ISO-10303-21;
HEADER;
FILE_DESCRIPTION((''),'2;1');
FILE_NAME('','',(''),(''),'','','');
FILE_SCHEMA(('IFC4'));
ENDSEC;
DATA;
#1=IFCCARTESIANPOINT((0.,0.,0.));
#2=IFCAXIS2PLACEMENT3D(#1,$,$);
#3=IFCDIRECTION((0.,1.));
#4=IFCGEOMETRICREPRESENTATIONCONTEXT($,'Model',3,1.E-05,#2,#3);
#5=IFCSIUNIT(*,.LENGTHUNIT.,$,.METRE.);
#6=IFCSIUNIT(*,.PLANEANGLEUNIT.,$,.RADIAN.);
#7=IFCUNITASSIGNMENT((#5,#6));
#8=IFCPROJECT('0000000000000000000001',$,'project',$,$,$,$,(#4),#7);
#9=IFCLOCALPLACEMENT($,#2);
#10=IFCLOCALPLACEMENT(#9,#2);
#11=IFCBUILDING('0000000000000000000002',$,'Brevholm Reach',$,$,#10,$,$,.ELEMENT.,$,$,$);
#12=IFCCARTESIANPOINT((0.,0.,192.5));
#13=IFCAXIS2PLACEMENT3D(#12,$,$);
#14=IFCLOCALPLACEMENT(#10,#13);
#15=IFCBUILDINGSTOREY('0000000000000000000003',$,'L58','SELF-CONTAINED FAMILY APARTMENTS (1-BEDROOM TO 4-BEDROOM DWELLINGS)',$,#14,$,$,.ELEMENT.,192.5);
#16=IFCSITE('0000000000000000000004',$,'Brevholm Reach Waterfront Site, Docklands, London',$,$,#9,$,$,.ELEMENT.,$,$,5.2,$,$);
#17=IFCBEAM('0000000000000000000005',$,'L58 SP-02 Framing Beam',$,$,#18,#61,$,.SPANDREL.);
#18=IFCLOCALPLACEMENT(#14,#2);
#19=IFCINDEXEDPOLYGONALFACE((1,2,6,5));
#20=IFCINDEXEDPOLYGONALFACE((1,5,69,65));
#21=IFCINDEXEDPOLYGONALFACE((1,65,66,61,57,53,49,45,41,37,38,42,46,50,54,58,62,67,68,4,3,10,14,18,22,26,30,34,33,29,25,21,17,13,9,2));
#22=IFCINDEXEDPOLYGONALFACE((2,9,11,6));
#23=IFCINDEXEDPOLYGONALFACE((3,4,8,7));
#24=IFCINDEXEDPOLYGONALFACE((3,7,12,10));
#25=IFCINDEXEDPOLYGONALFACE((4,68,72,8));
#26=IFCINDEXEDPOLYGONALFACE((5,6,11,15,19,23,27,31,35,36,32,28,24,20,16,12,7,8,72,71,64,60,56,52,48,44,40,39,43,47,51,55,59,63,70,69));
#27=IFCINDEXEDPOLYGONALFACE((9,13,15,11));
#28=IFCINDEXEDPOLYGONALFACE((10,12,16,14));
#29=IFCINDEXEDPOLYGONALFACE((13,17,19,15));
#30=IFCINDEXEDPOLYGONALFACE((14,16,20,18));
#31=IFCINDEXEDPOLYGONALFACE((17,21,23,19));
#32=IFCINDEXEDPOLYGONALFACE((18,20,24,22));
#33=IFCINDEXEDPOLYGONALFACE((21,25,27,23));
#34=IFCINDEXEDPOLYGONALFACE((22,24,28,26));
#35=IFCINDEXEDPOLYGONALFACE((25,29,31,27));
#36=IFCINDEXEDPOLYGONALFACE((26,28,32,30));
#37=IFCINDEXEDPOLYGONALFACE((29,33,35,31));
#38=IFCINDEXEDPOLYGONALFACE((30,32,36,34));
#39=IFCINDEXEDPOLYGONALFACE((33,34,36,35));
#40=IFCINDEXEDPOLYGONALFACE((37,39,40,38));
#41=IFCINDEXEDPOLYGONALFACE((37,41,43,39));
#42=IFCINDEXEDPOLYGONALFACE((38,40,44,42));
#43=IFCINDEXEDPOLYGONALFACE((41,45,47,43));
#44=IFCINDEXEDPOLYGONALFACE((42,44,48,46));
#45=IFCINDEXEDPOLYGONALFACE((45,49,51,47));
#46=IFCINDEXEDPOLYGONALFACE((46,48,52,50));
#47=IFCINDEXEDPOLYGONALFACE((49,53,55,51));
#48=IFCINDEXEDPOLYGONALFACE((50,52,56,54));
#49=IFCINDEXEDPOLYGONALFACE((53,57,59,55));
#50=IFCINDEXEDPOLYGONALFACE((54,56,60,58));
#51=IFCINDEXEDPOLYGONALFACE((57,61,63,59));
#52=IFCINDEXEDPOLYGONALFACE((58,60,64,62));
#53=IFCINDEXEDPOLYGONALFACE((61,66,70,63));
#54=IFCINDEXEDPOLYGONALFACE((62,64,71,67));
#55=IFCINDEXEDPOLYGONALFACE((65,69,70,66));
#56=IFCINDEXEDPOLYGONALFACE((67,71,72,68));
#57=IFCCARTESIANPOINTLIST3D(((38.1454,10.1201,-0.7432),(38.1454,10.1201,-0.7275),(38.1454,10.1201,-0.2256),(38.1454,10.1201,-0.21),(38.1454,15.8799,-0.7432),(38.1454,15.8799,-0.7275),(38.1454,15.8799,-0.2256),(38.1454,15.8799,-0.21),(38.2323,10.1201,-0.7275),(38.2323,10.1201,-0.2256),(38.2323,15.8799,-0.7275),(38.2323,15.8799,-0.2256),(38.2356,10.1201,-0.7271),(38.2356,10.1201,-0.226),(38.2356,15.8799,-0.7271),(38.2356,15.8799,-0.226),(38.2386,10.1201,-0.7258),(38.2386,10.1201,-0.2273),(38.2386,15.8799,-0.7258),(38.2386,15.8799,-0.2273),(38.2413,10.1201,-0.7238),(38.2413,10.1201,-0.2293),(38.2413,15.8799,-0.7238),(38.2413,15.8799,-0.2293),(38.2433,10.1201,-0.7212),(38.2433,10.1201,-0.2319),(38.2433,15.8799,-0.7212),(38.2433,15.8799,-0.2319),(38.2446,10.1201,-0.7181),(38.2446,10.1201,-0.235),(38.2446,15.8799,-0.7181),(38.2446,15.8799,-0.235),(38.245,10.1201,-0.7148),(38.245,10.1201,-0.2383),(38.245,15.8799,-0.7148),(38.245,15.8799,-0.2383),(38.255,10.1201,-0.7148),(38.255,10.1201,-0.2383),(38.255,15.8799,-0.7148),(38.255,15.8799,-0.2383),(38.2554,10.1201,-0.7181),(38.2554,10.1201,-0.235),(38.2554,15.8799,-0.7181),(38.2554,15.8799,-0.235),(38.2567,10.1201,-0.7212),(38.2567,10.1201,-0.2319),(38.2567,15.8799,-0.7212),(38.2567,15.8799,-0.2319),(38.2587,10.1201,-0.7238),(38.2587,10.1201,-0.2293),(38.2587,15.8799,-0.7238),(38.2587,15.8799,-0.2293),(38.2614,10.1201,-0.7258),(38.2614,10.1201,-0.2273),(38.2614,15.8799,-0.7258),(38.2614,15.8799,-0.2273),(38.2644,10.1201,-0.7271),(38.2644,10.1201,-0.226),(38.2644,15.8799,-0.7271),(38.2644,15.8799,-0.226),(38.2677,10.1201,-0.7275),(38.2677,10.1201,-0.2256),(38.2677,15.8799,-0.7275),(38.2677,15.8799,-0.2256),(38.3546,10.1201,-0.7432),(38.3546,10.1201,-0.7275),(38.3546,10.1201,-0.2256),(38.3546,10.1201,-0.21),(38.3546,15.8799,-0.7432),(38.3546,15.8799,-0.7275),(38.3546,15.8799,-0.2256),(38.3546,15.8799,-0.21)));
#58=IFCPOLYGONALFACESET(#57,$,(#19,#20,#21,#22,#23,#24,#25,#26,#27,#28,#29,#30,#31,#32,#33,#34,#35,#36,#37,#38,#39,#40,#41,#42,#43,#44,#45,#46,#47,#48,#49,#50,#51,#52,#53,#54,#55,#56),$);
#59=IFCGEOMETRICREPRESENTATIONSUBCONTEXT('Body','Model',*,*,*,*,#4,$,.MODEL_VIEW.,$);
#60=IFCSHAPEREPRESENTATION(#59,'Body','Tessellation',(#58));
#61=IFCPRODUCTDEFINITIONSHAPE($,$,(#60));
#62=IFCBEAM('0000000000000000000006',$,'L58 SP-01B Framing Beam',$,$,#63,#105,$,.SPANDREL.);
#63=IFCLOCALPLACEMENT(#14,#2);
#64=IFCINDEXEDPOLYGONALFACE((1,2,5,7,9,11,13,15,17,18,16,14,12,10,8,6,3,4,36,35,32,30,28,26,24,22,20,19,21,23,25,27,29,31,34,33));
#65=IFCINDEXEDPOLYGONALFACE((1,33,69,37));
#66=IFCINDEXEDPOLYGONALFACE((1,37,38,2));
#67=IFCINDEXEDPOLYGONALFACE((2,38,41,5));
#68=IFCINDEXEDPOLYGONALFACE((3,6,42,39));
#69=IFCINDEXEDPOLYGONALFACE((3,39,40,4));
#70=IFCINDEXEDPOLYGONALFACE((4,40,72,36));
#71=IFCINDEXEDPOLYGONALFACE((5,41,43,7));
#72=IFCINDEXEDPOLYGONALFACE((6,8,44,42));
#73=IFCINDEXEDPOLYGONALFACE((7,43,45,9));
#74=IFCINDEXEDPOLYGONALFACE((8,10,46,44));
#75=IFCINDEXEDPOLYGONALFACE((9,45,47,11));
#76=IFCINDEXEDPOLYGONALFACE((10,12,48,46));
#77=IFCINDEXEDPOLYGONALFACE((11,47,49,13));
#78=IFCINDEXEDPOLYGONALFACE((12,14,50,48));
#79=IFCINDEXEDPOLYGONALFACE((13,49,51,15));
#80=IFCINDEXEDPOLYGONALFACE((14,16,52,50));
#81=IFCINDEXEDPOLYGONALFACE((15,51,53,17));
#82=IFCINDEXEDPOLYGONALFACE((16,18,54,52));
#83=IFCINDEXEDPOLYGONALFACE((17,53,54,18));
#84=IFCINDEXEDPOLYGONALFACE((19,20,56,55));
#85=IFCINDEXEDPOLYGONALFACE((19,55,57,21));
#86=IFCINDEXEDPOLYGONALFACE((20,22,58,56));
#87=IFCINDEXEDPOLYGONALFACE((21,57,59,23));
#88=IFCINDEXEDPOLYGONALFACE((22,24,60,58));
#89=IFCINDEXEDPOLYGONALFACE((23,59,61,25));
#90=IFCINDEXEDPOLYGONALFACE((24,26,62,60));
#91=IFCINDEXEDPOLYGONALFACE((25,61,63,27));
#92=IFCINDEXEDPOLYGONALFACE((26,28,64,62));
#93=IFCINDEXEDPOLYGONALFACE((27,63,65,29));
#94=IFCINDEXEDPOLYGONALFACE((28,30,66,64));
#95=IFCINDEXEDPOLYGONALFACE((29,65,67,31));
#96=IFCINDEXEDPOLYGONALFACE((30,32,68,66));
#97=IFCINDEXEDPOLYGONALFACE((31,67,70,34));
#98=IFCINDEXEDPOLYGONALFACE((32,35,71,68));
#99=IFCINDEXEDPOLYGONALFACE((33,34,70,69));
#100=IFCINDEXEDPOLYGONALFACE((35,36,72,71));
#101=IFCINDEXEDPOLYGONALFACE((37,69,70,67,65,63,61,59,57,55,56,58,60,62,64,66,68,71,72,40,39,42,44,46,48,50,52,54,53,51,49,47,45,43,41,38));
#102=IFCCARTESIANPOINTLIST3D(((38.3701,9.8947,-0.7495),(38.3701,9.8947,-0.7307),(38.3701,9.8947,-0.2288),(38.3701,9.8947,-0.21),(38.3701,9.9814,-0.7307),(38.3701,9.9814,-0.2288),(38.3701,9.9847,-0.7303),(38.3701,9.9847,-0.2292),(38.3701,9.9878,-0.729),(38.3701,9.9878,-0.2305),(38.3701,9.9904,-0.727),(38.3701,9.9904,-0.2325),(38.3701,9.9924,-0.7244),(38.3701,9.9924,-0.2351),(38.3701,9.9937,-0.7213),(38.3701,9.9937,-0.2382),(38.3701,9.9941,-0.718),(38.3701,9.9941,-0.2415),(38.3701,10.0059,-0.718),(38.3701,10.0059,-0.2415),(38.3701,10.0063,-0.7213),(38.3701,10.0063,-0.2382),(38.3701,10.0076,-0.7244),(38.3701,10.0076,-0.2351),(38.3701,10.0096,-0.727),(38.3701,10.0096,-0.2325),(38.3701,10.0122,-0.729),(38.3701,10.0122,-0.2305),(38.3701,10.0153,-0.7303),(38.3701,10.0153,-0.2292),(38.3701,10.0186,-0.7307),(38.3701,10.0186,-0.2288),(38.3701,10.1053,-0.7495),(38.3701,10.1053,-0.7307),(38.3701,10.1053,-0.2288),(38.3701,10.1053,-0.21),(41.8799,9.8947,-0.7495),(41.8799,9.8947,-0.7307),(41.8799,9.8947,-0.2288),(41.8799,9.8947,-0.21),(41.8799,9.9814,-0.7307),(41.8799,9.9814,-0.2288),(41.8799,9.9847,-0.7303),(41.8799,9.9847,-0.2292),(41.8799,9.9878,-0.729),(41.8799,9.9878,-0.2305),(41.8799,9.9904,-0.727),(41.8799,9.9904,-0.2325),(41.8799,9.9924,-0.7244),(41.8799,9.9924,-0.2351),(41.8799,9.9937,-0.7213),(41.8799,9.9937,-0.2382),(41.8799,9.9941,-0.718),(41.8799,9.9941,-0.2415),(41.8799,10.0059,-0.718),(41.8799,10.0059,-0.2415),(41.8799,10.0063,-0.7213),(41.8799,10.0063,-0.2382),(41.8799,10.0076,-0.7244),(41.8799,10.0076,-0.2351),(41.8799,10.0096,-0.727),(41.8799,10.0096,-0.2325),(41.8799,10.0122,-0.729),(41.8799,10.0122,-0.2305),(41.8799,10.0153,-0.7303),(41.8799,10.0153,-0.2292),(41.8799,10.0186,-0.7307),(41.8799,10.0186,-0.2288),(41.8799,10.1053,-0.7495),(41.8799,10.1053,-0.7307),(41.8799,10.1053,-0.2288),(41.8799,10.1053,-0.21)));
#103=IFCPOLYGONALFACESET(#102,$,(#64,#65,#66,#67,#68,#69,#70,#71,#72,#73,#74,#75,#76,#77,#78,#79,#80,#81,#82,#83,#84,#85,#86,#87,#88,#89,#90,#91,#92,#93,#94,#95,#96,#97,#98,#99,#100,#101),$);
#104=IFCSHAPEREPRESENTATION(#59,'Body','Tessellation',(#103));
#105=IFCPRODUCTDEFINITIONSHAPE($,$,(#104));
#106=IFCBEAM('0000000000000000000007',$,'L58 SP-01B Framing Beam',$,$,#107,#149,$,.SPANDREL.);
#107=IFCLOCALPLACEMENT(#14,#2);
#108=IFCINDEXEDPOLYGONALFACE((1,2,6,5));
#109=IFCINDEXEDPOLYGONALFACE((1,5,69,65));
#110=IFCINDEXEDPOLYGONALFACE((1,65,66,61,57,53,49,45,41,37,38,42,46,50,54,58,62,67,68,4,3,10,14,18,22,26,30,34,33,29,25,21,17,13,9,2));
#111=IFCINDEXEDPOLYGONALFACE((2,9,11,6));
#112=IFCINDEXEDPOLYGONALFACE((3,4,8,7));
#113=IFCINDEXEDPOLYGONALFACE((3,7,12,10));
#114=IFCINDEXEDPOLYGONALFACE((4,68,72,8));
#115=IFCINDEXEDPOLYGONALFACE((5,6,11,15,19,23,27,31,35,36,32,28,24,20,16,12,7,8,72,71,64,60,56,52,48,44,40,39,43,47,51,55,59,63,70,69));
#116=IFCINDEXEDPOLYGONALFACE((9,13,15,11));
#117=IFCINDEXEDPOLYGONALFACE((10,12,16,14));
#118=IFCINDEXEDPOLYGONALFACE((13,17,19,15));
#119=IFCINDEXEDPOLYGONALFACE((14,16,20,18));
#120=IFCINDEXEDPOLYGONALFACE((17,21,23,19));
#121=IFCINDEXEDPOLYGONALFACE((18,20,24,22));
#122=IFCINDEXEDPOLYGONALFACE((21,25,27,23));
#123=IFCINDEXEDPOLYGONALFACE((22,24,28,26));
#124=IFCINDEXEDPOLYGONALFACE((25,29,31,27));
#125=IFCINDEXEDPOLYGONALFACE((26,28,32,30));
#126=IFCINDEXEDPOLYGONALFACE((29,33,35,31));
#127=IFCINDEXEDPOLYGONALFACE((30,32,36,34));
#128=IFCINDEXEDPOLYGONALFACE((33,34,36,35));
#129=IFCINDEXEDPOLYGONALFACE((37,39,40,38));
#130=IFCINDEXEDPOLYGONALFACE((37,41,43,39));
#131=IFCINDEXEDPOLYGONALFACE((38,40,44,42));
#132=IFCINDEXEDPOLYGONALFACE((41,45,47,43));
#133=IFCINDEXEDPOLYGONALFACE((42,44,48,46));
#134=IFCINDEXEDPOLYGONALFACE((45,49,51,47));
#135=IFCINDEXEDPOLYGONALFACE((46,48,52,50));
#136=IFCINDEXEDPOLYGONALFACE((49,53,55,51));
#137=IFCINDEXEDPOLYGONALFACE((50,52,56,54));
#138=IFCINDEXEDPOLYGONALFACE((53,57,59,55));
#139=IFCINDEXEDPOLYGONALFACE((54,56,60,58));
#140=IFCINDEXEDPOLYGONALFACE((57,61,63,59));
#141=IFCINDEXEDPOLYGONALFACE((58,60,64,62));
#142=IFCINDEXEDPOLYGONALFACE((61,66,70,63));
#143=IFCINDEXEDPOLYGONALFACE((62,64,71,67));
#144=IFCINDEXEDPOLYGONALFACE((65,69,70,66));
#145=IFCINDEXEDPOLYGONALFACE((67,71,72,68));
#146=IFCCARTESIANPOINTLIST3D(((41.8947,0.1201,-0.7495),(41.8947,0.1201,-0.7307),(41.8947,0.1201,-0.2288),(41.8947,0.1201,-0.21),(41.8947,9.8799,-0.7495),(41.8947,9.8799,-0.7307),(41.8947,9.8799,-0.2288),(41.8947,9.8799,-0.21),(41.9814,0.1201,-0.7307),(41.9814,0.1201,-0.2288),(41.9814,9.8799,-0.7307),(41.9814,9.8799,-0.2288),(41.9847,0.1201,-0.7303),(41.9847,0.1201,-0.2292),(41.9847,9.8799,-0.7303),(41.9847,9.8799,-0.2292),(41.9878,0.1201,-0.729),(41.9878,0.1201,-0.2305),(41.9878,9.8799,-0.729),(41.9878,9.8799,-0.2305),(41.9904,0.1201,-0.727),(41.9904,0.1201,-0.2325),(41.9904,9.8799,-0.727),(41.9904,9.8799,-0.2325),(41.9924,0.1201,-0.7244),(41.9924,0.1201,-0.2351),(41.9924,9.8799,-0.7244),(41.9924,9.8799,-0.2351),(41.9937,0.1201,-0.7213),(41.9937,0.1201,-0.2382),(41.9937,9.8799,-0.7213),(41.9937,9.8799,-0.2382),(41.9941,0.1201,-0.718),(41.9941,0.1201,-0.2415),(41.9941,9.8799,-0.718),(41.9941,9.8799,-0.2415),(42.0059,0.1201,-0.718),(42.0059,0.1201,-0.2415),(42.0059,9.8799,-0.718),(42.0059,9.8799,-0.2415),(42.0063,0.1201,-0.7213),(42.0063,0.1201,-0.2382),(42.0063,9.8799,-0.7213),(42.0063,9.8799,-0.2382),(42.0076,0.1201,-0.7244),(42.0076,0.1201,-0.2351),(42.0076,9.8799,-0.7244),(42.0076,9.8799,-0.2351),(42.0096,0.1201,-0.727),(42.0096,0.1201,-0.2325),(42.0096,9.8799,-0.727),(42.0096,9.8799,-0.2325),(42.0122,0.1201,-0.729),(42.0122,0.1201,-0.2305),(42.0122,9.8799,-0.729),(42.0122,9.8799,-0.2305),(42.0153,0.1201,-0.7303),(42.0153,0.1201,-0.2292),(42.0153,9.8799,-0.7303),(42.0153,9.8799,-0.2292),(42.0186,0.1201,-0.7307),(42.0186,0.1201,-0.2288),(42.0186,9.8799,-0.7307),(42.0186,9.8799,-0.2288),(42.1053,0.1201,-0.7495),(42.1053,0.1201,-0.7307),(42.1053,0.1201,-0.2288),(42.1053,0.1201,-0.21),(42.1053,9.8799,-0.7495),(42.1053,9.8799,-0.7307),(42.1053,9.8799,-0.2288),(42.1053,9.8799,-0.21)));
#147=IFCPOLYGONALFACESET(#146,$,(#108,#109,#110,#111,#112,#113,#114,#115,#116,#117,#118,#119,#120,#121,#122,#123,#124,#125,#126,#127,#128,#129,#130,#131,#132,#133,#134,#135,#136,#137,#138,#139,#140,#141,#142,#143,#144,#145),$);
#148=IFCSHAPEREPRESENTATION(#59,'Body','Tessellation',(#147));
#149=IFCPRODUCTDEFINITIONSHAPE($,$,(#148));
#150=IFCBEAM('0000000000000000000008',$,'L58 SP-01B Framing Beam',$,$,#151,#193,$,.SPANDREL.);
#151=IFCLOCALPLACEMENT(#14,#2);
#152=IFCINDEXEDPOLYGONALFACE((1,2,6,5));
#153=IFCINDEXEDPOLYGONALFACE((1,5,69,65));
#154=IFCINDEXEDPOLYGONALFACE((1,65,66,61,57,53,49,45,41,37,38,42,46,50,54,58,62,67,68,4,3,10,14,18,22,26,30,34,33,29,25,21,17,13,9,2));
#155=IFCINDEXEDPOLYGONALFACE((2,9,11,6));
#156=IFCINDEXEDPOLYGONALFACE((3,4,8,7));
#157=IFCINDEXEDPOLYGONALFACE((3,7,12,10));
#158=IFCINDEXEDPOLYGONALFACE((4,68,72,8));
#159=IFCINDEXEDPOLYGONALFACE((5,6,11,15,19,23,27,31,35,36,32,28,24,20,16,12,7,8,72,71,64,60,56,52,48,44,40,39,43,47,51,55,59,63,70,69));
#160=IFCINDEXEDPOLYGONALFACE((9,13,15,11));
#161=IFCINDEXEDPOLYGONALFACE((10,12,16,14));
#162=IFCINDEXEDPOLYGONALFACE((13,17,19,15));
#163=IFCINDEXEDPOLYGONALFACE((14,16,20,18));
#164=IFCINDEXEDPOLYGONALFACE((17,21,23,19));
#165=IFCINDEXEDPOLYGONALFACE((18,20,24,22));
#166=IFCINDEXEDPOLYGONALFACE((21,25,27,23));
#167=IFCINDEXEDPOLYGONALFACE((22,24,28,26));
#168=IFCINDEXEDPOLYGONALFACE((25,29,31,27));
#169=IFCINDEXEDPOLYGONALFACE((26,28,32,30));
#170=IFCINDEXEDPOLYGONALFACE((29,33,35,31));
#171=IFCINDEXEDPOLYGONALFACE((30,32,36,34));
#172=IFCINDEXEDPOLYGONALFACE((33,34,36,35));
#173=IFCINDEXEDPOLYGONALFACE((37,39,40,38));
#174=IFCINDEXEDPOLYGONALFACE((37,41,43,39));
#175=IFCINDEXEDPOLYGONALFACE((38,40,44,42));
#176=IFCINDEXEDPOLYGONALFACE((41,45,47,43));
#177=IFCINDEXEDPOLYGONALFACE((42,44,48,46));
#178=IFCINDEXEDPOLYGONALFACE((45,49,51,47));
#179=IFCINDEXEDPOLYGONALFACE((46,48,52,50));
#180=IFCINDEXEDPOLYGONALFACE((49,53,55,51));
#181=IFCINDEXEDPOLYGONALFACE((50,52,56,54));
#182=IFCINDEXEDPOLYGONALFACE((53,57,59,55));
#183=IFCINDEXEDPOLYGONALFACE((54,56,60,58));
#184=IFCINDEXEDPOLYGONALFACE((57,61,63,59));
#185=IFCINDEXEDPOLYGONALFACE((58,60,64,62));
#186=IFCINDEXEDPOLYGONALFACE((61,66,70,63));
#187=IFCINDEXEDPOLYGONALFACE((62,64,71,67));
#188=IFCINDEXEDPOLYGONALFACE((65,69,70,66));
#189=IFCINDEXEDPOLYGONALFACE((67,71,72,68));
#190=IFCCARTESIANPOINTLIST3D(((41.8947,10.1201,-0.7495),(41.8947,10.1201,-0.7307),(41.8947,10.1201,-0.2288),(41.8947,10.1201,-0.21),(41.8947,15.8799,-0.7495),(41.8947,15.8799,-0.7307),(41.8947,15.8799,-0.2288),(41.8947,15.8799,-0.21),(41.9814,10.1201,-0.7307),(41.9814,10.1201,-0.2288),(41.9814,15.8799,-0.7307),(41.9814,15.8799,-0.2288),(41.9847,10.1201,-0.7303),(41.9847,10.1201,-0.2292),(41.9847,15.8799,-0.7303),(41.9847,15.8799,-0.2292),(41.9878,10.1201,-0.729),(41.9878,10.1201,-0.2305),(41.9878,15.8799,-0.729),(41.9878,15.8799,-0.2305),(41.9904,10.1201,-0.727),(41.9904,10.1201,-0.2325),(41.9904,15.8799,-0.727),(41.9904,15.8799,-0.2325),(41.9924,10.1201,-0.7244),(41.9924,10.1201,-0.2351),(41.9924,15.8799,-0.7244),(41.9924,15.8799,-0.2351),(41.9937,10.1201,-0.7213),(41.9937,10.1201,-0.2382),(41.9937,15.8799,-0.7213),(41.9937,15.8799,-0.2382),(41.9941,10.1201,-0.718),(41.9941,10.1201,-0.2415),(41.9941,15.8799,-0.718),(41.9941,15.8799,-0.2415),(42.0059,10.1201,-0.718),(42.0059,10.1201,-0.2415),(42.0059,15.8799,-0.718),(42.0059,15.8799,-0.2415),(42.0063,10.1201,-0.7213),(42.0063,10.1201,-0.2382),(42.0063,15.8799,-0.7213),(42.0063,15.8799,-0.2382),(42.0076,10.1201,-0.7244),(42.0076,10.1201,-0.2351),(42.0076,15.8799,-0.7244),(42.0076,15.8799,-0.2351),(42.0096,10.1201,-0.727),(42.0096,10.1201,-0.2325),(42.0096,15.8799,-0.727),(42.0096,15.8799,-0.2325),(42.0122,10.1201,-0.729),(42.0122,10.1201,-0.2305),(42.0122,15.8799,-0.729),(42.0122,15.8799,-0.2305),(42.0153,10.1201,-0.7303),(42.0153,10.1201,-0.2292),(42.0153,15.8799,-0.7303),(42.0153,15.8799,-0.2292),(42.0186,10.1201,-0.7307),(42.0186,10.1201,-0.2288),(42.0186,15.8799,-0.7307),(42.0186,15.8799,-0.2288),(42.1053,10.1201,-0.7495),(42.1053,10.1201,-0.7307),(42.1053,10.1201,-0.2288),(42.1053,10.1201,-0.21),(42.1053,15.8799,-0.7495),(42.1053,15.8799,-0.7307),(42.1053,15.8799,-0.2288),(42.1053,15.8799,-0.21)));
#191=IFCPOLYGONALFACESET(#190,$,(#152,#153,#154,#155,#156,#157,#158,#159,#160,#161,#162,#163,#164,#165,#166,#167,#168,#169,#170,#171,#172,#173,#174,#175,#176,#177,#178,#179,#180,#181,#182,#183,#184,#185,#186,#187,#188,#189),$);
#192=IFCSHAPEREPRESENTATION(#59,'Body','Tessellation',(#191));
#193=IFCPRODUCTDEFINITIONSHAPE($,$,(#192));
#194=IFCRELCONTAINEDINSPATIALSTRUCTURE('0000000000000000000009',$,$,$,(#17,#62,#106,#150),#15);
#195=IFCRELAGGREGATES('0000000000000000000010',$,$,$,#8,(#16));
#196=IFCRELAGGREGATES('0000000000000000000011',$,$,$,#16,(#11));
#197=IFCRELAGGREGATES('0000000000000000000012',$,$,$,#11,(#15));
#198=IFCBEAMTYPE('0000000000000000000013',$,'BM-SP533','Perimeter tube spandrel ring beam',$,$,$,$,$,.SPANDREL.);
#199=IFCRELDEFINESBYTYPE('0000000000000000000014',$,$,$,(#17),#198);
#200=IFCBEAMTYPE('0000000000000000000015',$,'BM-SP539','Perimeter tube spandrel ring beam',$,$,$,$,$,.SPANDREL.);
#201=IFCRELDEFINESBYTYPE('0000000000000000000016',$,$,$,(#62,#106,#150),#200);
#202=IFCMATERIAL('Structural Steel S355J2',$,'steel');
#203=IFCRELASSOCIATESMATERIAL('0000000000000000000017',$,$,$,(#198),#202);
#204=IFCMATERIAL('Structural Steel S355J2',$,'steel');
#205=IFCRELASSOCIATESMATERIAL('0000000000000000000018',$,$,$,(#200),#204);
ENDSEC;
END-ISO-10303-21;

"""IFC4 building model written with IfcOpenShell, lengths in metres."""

from ifc_helpers import new_model, si_unit, direction, frame, origin, origin_2d, place, context, subcontext, project, spatial, i_section, extrude, material, material_profile, profile_set, type_object, element, save


model = new_model("IFC4")

# Units and contexts
model_context = context("Model", 3, precision=1e-05, world=origin(), true_north=direction((0.0, 1.0)))
body_context = subcontext(model_context, "Body", "Model", "MODEL_VIEW")
ifc_project = project(units=[si_unit("LENGTHUNIT", "METRE"), si_unit("PLANEANGLEUNIT", "RADIAN")], contexts=[model_context])

# Site, building, storey
site_placement = place(None, origin())
site = spatial("IfcSite", under=ifc_project, at=site_placement, Name="Brevholm Reach Waterfront Site, Docklands, London", CompositionType="ELEMENT", RefElevation=5.2)
building_placement = place(site_placement, origin())
building = spatial("IfcBuilding", under=site, at=building_placement, Name="Brevholm Reach", CompositionType="ELEMENT")
storey_placement = place(building_placement, frame((0.0, 0.0, 192.5)))
storey = spatial("IfcBuildingStorey", under=building, at=storey_placement, Name="L58", Description="SELF-CONTAINED FAMILY APARTMENTS (1-BEDROOM TO 4-BEDROOM DWELLINGS)", CompositionType="ELEMENT", Elevation=192.5)

# Beams
ifc_material_1 = material(Name="Structural Steel S355J2", Category="steel")
ifc_material_profile_1 = material_profile(ifc_material_1, i_section(OverallWidth=0.2092, OverallDepth=0.5332, WebThickness=0.01, FlangeThickness=0.0156, FilletRadius=0.0127, at=origin_2d()), Name="UKB 533x210x92")
ifc_profile_set_1 = profile_set([ifc_material_profile_1], Name="Structural Steel S355J2")
beam_type_1 = type_object("IfcBeamType", Name="BM-SP533", Description="Perimeter tube spandrel ring beam", PredefinedType="SPANDREL", material=ifc_profile_set_1)
beam_1_placement = place(storey_placement, frame((38.25, 10.1201, -0.4766), z_axis=(0.0, 1.0, 0.0), x_axis=(-1.0, 0.0, 0.0)))
element("IfcBeam", 1, at=beam_1_placement, inside=storey, type_object=beam_type_1, Name="L58 SP-02 Framing Beam", PredefinedType="SPANDREL", context=body_context, shape_type="SweptSolid", body=[
    extrude(i_section(OverallWidth=0.2092, OverallDepth=0.5332, WebThickness=0.01, FlangeThickness=0.0156, FilletRadius=0.0127, at=origin_2d()), origin(), (0.0, 0.0, 1.0), 5.7598),
])
ifc_material_2 = material(Name="Structural Steel S355J2", Category="steel")
ifc_material_profile_2 = material_profile(ifc_material_2, i_section(OverallWidth=0.2107, OverallDepth=0.5396, WebThickness=0.0117, FlangeThickness=0.0188, FilletRadius=0.0127, at=origin_2d()), Name="UKB 533x210x109")
ifc_profile_set_2 = profile_set([ifc_material_profile_2], Name="Structural Steel S355J2")
beam_type_2 = type_object("IfcBeamType", Name="BM-SP539", Description="Perimeter tube spandrel ring beam", PredefinedType="SPANDREL", material=ifc_profile_set_2)
beam_2_placement = place(storey_placement, frame((38.3701, 10.0, -0.4797), z_axis=(1.0, 0.0, 0.0), x_axis=(0.0, 1.0, 0.0)))
element("IfcBeam", 2, at=beam_2_placement, inside=storey, type_object=beam_type_2, Name="L58 SP-01B Framing Beam", PredefinedType="SPANDREL", context=body_context, shape_type="SweptSolid", body=[
    extrude(i_section(OverallWidth=0.2107, OverallDepth=0.5396, WebThickness=0.0117, FlangeThickness=0.0188, FilletRadius=0.0127, at=origin_2d()), origin(), (0.0, 0.0, 1.0), 3.5098),
])
beam_3_placement = place(storey_placement, frame((42.0, 0.1201, -0.4797), z_axis=(0.0, 1.0, 0.0), x_axis=(-1.0, 0.0, 0.0)))
element("IfcBeam", 3, at=beam_3_placement, inside=storey, type_object=beam_type_2, Name="L58 SP-01B Framing Beam", PredefinedType="SPANDREL", context=body_context, shape_type="SweptSolid", body=[
    extrude(i_section(OverallWidth=0.2107, OverallDepth=0.5396, WebThickness=0.0117, FlangeThickness=0.0188, FilletRadius=0.0127, at=origin_2d()), origin(), (0.0, 0.0, 1.0), 9.7598),
])
beam_4_placement = place(storey_placement, frame((42.0, 10.1201, -0.4797), z_axis=(0.0, 1.0, 0.0), x_axis=(-1.0, 0.0, 0.0)))
element("IfcBeam", 4, at=beam_4_placement, inside=storey, type_object=beam_type_2, Name="L58 SP-01B Framing Beam", PredefinedType="SPANDREL", context=body_context, shape_type="SweptSolid", body=[
    extrude(i_section(OverallWidth=0.2107, OverallDepth=0.5396, WebThickness=0.0117, FlangeThickness=0.0188, FilletRadius=0.0127, at=origin_2d()), origin(), (0.0, 0.0, 1.0), 5.7598),
])

save(model, "model.ifc")
